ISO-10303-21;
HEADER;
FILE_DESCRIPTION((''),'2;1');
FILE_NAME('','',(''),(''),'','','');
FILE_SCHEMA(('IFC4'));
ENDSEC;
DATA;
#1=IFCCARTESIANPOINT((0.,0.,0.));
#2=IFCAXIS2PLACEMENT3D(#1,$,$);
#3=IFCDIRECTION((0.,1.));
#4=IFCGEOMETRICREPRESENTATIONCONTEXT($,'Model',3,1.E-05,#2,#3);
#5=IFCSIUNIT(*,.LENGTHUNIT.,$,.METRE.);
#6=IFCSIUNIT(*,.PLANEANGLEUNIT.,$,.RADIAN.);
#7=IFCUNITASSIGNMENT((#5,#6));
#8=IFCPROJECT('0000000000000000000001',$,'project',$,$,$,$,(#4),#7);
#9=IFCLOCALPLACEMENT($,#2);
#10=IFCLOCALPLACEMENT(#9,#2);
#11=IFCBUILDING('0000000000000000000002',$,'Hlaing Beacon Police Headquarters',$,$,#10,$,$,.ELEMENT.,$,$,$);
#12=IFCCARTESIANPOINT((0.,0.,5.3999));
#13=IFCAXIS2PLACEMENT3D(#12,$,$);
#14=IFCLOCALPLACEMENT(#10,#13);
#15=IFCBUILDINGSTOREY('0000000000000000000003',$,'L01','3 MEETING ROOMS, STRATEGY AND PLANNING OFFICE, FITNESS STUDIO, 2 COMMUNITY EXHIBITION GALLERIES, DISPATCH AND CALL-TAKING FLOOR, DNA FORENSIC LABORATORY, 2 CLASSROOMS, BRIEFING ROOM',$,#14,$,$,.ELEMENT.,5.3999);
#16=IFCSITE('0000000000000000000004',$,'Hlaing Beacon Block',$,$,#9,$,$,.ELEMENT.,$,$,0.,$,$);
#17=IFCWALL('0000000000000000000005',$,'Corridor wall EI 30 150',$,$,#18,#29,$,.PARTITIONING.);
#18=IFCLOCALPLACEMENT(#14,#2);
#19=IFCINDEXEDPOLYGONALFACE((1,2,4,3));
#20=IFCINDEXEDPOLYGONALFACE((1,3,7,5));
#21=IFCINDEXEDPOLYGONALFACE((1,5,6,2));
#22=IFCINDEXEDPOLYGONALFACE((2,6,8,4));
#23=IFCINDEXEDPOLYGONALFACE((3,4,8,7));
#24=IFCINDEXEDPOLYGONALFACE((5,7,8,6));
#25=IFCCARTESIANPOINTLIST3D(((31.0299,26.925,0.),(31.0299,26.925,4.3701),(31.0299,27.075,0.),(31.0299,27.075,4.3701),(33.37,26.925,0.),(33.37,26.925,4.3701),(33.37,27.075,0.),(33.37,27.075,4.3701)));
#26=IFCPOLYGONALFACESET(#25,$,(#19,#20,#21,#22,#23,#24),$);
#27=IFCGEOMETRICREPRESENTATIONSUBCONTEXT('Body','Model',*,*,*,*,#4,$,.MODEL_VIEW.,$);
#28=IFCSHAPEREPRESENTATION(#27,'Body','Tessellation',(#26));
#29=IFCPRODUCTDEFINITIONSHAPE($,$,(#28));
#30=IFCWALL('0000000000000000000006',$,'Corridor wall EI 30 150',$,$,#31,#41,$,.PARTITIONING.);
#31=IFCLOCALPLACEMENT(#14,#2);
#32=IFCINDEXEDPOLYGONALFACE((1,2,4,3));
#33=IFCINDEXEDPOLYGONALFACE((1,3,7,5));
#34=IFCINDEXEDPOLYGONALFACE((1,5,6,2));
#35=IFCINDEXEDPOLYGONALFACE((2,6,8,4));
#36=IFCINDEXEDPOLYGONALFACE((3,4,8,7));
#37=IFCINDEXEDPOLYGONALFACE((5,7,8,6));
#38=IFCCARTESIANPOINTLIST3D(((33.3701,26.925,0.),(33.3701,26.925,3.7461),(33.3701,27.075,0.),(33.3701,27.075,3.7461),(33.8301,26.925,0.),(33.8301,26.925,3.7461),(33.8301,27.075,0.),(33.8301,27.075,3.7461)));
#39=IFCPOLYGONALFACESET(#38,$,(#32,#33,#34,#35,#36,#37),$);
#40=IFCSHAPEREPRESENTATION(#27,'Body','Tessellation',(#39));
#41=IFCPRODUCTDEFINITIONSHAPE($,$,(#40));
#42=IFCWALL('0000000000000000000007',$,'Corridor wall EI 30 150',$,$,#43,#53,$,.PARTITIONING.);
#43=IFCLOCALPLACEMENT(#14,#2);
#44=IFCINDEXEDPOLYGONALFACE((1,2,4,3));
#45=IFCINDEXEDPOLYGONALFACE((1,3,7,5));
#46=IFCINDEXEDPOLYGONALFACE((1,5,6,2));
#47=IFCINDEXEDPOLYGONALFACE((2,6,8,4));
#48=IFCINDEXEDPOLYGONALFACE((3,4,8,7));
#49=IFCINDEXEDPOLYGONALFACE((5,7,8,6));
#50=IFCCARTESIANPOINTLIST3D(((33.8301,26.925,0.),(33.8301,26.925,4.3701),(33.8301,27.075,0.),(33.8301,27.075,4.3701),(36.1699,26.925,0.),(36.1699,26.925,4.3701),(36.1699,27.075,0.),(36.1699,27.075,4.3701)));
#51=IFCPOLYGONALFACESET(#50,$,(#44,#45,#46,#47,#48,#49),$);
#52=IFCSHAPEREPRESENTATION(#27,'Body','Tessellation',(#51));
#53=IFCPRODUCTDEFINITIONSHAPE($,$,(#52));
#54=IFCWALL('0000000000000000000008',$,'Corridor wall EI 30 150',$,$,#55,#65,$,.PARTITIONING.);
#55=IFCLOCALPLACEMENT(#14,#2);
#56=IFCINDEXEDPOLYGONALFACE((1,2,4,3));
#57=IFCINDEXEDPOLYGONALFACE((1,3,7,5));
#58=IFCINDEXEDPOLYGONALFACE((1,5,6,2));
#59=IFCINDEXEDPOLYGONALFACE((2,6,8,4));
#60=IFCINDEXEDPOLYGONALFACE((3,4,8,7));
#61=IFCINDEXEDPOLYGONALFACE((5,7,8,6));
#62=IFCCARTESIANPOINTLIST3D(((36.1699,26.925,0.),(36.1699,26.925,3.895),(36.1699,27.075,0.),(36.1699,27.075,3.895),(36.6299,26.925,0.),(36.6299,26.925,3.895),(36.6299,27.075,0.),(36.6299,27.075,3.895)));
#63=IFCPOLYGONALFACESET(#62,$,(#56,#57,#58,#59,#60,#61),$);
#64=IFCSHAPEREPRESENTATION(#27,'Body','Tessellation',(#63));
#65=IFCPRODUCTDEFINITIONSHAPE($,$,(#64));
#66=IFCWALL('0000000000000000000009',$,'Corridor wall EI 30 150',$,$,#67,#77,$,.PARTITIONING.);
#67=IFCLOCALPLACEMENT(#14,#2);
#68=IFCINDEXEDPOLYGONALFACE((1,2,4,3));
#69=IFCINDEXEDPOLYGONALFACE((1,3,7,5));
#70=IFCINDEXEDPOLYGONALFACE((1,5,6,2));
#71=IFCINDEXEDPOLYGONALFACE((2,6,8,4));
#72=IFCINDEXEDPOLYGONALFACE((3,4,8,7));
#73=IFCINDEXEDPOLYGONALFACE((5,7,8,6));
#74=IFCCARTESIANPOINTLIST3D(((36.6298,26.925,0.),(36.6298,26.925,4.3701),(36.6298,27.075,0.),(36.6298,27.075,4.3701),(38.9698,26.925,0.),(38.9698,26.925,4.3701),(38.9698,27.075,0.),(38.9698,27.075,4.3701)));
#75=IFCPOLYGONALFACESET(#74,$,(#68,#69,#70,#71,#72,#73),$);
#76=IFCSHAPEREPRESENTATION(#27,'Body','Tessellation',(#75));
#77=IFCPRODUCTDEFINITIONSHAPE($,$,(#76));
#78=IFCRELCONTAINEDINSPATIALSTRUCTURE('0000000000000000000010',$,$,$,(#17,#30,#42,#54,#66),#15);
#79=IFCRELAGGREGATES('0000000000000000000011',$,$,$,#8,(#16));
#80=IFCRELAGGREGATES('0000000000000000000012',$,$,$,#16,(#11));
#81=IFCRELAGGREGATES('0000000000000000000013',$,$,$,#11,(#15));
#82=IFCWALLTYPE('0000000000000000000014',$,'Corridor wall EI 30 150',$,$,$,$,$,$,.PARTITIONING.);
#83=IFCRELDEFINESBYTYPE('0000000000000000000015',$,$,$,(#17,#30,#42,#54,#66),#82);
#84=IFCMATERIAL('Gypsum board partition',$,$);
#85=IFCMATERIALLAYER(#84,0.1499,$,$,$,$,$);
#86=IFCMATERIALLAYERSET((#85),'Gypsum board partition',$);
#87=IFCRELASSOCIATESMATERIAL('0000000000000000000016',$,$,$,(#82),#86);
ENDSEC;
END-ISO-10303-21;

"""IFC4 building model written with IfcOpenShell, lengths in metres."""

from ifc_helpers import new_model, si_unit, direction, frame, frame_2d, origin, place, context, subcontext, project, spatial, rectangle, extrude, material, layer, layer_set, type_object, element, save


model = new_model("IFC4")

# Units and contexts
model_context = context("Model", 3, precision=1e-05, world=origin(), true_north=direction((0.0, 1.0)))
body_context = subcontext(model_context, "Body", "Model", "MODEL_VIEW")
ifc_project = project(units=[si_unit("LENGTHUNIT", "METRE"), si_unit("PLANEANGLEUNIT", "RADIAN")], contexts=[model_context])

# Site, building, storey
site_placement = place(None, origin())
site = spatial("IfcSite", under=ifc_project, at=site_placement, Name="Hlaing Beacon Block", CompositionType="ELEMENT", RefElevation=0.0)
building_placement = place(site_placement, origin())
building = spatial("IfcBuilding", under=site, at=building_placement, Name="Hlaing Beacon Police Headquarters", CompositionType="ELEMENT")
storey_placement = place(building_placement, frame((0.0, 0.0, 5.3999)))
storey = spatial("IfcBuildingStorey", under=building, at=storey_placement, Name="L01", Description="3 MEETING ROOMS, STRATEGY AND PLANNING OFFICE, FITNESS STUDIO, 2 COMMUNITY EXHIBITION GALLERIES, DISPATCH AND CALL-TAKING FLOOR, DNA FORENSIC LABORATORY, 2 CLASSROOMS, BRIEFING ROOM", CompositionType="ELEMENT", Elevation=5.3999)

# Shared definitions
ifc_material_1 = material(Name="Gypsum board partition")
ifc_layer_1 = layer(ifc_material_1, 0.1499)
ifc_layer_set_1 = layer_set([ifc_layer_1], Name="Gypsum board partition")
wall_type_1 = type_object("IfcWallType", Name="Corridor wall EI 30 150", PredefinedType="PARTITIONING", material=ifc_layer_set_1)

# Walls
wall_1_placement = place(storey_placement, frame((31.03, 27.0, 0.0), z_axis=(0.0, 0.0, 1.0), x_axis=(1.0, 0.0, 0.0)))
element("IfcWall", 1, at=wall_1_placement, inside=storey, type_object=wall_type_1, Name="Corridor wall EI 30 150", PredefinedType="PARTITIONING", context=body_context, shape_type="SweptSolid", body=[
    extrude(rectangle(XDim=2.3401, YDim=0.1499, at=frame_2d((1.1699, 0.0))), origin(), (0.0, 0.0, 1.0), 4.3701),
])
wall_2_placement = place(storey_placement, frame((33.3701, 27.0, 0.0), z_axis=(0.0, 0.0, 1.0), x_axis=(1.0, 0.0, 0.0)))
element("IfcWall", 2, at=wall_2_placement, inside=storey, type_object=wall_type_1, Name="Corridor wall EI 30 150", PredefinedType="PARTITIONING", context=body_context, shape_type="SweptSolid", body=[
    extrude(rectangle(XDim=0.46, YDim=0.1499, at=frame_2d((0.23, 0.0))), origin(), (0.0, 0.0, 1.0), 3.7461),
])
wall_3_placement = place(storey_placement, frame((33.8301, 27.0, 0.0), z_axis=(0.0, 0.0, 1.0), x_axis=(1.0, 0.0, 0.0)))
element("IfcWall", 3, at=wall_3_placement, inside=storey, type_object=wall_type_1, Name="Corridor wall EI 30 150", PredefinedType="PARTITIONING", context=body_context, shape_type="SweptSolid", body=[
    extrude(rectangle(XDim=2.3398, YDim=0.1499, at=frame_2d((1.1699, 0.0))), origin(), (0.0, 0.0, 1.0), 4.3701),
])
wall_4_placement = place(storey_placement, frame((36.1699, 27.0, 0.0), z_axis=(0.0, 0.0, 1.0), x_axis=(1.0, 0.0, 0.0)))
element("IfcWall", 4, at=wall_4_placement, inside=storey, type_object=wall_type_1, Name="Corridor wall EI 30 150", PredefinedType="PARTITIONING", context=body_context, shape_type="SweptSolid", body=[
    extrude(rectangle(XDim=0.46, YDim=0.1499, at=frame_2d((0.23, 0.0))), origin(), (0.0, 0.0, 1.0), 3.895),
])
wall_5_placement = place(storey_placement, frame((36.6299, 27.0, 0.0), z_axis=(0.0, 0.0, 1.0), x_axis=(1.0, 0.0, 0.0)))
element("IfcWall", 5, at=wall_5_placement, inside=storey, type_object=wall_type_1, Name="Corridor wall EI 30 150", PredefinedType="PARTITIONING", context=body_context, shape_type="SweptSolid", body=[
    extrude(rectangle(XDim=2.3401, YDim=0.1499, at=frame_2d((1.1699, 0.0))), origin(), (0.0, 0.0, 1.0), 4.3701),
])

save(model, "model.ifc")
